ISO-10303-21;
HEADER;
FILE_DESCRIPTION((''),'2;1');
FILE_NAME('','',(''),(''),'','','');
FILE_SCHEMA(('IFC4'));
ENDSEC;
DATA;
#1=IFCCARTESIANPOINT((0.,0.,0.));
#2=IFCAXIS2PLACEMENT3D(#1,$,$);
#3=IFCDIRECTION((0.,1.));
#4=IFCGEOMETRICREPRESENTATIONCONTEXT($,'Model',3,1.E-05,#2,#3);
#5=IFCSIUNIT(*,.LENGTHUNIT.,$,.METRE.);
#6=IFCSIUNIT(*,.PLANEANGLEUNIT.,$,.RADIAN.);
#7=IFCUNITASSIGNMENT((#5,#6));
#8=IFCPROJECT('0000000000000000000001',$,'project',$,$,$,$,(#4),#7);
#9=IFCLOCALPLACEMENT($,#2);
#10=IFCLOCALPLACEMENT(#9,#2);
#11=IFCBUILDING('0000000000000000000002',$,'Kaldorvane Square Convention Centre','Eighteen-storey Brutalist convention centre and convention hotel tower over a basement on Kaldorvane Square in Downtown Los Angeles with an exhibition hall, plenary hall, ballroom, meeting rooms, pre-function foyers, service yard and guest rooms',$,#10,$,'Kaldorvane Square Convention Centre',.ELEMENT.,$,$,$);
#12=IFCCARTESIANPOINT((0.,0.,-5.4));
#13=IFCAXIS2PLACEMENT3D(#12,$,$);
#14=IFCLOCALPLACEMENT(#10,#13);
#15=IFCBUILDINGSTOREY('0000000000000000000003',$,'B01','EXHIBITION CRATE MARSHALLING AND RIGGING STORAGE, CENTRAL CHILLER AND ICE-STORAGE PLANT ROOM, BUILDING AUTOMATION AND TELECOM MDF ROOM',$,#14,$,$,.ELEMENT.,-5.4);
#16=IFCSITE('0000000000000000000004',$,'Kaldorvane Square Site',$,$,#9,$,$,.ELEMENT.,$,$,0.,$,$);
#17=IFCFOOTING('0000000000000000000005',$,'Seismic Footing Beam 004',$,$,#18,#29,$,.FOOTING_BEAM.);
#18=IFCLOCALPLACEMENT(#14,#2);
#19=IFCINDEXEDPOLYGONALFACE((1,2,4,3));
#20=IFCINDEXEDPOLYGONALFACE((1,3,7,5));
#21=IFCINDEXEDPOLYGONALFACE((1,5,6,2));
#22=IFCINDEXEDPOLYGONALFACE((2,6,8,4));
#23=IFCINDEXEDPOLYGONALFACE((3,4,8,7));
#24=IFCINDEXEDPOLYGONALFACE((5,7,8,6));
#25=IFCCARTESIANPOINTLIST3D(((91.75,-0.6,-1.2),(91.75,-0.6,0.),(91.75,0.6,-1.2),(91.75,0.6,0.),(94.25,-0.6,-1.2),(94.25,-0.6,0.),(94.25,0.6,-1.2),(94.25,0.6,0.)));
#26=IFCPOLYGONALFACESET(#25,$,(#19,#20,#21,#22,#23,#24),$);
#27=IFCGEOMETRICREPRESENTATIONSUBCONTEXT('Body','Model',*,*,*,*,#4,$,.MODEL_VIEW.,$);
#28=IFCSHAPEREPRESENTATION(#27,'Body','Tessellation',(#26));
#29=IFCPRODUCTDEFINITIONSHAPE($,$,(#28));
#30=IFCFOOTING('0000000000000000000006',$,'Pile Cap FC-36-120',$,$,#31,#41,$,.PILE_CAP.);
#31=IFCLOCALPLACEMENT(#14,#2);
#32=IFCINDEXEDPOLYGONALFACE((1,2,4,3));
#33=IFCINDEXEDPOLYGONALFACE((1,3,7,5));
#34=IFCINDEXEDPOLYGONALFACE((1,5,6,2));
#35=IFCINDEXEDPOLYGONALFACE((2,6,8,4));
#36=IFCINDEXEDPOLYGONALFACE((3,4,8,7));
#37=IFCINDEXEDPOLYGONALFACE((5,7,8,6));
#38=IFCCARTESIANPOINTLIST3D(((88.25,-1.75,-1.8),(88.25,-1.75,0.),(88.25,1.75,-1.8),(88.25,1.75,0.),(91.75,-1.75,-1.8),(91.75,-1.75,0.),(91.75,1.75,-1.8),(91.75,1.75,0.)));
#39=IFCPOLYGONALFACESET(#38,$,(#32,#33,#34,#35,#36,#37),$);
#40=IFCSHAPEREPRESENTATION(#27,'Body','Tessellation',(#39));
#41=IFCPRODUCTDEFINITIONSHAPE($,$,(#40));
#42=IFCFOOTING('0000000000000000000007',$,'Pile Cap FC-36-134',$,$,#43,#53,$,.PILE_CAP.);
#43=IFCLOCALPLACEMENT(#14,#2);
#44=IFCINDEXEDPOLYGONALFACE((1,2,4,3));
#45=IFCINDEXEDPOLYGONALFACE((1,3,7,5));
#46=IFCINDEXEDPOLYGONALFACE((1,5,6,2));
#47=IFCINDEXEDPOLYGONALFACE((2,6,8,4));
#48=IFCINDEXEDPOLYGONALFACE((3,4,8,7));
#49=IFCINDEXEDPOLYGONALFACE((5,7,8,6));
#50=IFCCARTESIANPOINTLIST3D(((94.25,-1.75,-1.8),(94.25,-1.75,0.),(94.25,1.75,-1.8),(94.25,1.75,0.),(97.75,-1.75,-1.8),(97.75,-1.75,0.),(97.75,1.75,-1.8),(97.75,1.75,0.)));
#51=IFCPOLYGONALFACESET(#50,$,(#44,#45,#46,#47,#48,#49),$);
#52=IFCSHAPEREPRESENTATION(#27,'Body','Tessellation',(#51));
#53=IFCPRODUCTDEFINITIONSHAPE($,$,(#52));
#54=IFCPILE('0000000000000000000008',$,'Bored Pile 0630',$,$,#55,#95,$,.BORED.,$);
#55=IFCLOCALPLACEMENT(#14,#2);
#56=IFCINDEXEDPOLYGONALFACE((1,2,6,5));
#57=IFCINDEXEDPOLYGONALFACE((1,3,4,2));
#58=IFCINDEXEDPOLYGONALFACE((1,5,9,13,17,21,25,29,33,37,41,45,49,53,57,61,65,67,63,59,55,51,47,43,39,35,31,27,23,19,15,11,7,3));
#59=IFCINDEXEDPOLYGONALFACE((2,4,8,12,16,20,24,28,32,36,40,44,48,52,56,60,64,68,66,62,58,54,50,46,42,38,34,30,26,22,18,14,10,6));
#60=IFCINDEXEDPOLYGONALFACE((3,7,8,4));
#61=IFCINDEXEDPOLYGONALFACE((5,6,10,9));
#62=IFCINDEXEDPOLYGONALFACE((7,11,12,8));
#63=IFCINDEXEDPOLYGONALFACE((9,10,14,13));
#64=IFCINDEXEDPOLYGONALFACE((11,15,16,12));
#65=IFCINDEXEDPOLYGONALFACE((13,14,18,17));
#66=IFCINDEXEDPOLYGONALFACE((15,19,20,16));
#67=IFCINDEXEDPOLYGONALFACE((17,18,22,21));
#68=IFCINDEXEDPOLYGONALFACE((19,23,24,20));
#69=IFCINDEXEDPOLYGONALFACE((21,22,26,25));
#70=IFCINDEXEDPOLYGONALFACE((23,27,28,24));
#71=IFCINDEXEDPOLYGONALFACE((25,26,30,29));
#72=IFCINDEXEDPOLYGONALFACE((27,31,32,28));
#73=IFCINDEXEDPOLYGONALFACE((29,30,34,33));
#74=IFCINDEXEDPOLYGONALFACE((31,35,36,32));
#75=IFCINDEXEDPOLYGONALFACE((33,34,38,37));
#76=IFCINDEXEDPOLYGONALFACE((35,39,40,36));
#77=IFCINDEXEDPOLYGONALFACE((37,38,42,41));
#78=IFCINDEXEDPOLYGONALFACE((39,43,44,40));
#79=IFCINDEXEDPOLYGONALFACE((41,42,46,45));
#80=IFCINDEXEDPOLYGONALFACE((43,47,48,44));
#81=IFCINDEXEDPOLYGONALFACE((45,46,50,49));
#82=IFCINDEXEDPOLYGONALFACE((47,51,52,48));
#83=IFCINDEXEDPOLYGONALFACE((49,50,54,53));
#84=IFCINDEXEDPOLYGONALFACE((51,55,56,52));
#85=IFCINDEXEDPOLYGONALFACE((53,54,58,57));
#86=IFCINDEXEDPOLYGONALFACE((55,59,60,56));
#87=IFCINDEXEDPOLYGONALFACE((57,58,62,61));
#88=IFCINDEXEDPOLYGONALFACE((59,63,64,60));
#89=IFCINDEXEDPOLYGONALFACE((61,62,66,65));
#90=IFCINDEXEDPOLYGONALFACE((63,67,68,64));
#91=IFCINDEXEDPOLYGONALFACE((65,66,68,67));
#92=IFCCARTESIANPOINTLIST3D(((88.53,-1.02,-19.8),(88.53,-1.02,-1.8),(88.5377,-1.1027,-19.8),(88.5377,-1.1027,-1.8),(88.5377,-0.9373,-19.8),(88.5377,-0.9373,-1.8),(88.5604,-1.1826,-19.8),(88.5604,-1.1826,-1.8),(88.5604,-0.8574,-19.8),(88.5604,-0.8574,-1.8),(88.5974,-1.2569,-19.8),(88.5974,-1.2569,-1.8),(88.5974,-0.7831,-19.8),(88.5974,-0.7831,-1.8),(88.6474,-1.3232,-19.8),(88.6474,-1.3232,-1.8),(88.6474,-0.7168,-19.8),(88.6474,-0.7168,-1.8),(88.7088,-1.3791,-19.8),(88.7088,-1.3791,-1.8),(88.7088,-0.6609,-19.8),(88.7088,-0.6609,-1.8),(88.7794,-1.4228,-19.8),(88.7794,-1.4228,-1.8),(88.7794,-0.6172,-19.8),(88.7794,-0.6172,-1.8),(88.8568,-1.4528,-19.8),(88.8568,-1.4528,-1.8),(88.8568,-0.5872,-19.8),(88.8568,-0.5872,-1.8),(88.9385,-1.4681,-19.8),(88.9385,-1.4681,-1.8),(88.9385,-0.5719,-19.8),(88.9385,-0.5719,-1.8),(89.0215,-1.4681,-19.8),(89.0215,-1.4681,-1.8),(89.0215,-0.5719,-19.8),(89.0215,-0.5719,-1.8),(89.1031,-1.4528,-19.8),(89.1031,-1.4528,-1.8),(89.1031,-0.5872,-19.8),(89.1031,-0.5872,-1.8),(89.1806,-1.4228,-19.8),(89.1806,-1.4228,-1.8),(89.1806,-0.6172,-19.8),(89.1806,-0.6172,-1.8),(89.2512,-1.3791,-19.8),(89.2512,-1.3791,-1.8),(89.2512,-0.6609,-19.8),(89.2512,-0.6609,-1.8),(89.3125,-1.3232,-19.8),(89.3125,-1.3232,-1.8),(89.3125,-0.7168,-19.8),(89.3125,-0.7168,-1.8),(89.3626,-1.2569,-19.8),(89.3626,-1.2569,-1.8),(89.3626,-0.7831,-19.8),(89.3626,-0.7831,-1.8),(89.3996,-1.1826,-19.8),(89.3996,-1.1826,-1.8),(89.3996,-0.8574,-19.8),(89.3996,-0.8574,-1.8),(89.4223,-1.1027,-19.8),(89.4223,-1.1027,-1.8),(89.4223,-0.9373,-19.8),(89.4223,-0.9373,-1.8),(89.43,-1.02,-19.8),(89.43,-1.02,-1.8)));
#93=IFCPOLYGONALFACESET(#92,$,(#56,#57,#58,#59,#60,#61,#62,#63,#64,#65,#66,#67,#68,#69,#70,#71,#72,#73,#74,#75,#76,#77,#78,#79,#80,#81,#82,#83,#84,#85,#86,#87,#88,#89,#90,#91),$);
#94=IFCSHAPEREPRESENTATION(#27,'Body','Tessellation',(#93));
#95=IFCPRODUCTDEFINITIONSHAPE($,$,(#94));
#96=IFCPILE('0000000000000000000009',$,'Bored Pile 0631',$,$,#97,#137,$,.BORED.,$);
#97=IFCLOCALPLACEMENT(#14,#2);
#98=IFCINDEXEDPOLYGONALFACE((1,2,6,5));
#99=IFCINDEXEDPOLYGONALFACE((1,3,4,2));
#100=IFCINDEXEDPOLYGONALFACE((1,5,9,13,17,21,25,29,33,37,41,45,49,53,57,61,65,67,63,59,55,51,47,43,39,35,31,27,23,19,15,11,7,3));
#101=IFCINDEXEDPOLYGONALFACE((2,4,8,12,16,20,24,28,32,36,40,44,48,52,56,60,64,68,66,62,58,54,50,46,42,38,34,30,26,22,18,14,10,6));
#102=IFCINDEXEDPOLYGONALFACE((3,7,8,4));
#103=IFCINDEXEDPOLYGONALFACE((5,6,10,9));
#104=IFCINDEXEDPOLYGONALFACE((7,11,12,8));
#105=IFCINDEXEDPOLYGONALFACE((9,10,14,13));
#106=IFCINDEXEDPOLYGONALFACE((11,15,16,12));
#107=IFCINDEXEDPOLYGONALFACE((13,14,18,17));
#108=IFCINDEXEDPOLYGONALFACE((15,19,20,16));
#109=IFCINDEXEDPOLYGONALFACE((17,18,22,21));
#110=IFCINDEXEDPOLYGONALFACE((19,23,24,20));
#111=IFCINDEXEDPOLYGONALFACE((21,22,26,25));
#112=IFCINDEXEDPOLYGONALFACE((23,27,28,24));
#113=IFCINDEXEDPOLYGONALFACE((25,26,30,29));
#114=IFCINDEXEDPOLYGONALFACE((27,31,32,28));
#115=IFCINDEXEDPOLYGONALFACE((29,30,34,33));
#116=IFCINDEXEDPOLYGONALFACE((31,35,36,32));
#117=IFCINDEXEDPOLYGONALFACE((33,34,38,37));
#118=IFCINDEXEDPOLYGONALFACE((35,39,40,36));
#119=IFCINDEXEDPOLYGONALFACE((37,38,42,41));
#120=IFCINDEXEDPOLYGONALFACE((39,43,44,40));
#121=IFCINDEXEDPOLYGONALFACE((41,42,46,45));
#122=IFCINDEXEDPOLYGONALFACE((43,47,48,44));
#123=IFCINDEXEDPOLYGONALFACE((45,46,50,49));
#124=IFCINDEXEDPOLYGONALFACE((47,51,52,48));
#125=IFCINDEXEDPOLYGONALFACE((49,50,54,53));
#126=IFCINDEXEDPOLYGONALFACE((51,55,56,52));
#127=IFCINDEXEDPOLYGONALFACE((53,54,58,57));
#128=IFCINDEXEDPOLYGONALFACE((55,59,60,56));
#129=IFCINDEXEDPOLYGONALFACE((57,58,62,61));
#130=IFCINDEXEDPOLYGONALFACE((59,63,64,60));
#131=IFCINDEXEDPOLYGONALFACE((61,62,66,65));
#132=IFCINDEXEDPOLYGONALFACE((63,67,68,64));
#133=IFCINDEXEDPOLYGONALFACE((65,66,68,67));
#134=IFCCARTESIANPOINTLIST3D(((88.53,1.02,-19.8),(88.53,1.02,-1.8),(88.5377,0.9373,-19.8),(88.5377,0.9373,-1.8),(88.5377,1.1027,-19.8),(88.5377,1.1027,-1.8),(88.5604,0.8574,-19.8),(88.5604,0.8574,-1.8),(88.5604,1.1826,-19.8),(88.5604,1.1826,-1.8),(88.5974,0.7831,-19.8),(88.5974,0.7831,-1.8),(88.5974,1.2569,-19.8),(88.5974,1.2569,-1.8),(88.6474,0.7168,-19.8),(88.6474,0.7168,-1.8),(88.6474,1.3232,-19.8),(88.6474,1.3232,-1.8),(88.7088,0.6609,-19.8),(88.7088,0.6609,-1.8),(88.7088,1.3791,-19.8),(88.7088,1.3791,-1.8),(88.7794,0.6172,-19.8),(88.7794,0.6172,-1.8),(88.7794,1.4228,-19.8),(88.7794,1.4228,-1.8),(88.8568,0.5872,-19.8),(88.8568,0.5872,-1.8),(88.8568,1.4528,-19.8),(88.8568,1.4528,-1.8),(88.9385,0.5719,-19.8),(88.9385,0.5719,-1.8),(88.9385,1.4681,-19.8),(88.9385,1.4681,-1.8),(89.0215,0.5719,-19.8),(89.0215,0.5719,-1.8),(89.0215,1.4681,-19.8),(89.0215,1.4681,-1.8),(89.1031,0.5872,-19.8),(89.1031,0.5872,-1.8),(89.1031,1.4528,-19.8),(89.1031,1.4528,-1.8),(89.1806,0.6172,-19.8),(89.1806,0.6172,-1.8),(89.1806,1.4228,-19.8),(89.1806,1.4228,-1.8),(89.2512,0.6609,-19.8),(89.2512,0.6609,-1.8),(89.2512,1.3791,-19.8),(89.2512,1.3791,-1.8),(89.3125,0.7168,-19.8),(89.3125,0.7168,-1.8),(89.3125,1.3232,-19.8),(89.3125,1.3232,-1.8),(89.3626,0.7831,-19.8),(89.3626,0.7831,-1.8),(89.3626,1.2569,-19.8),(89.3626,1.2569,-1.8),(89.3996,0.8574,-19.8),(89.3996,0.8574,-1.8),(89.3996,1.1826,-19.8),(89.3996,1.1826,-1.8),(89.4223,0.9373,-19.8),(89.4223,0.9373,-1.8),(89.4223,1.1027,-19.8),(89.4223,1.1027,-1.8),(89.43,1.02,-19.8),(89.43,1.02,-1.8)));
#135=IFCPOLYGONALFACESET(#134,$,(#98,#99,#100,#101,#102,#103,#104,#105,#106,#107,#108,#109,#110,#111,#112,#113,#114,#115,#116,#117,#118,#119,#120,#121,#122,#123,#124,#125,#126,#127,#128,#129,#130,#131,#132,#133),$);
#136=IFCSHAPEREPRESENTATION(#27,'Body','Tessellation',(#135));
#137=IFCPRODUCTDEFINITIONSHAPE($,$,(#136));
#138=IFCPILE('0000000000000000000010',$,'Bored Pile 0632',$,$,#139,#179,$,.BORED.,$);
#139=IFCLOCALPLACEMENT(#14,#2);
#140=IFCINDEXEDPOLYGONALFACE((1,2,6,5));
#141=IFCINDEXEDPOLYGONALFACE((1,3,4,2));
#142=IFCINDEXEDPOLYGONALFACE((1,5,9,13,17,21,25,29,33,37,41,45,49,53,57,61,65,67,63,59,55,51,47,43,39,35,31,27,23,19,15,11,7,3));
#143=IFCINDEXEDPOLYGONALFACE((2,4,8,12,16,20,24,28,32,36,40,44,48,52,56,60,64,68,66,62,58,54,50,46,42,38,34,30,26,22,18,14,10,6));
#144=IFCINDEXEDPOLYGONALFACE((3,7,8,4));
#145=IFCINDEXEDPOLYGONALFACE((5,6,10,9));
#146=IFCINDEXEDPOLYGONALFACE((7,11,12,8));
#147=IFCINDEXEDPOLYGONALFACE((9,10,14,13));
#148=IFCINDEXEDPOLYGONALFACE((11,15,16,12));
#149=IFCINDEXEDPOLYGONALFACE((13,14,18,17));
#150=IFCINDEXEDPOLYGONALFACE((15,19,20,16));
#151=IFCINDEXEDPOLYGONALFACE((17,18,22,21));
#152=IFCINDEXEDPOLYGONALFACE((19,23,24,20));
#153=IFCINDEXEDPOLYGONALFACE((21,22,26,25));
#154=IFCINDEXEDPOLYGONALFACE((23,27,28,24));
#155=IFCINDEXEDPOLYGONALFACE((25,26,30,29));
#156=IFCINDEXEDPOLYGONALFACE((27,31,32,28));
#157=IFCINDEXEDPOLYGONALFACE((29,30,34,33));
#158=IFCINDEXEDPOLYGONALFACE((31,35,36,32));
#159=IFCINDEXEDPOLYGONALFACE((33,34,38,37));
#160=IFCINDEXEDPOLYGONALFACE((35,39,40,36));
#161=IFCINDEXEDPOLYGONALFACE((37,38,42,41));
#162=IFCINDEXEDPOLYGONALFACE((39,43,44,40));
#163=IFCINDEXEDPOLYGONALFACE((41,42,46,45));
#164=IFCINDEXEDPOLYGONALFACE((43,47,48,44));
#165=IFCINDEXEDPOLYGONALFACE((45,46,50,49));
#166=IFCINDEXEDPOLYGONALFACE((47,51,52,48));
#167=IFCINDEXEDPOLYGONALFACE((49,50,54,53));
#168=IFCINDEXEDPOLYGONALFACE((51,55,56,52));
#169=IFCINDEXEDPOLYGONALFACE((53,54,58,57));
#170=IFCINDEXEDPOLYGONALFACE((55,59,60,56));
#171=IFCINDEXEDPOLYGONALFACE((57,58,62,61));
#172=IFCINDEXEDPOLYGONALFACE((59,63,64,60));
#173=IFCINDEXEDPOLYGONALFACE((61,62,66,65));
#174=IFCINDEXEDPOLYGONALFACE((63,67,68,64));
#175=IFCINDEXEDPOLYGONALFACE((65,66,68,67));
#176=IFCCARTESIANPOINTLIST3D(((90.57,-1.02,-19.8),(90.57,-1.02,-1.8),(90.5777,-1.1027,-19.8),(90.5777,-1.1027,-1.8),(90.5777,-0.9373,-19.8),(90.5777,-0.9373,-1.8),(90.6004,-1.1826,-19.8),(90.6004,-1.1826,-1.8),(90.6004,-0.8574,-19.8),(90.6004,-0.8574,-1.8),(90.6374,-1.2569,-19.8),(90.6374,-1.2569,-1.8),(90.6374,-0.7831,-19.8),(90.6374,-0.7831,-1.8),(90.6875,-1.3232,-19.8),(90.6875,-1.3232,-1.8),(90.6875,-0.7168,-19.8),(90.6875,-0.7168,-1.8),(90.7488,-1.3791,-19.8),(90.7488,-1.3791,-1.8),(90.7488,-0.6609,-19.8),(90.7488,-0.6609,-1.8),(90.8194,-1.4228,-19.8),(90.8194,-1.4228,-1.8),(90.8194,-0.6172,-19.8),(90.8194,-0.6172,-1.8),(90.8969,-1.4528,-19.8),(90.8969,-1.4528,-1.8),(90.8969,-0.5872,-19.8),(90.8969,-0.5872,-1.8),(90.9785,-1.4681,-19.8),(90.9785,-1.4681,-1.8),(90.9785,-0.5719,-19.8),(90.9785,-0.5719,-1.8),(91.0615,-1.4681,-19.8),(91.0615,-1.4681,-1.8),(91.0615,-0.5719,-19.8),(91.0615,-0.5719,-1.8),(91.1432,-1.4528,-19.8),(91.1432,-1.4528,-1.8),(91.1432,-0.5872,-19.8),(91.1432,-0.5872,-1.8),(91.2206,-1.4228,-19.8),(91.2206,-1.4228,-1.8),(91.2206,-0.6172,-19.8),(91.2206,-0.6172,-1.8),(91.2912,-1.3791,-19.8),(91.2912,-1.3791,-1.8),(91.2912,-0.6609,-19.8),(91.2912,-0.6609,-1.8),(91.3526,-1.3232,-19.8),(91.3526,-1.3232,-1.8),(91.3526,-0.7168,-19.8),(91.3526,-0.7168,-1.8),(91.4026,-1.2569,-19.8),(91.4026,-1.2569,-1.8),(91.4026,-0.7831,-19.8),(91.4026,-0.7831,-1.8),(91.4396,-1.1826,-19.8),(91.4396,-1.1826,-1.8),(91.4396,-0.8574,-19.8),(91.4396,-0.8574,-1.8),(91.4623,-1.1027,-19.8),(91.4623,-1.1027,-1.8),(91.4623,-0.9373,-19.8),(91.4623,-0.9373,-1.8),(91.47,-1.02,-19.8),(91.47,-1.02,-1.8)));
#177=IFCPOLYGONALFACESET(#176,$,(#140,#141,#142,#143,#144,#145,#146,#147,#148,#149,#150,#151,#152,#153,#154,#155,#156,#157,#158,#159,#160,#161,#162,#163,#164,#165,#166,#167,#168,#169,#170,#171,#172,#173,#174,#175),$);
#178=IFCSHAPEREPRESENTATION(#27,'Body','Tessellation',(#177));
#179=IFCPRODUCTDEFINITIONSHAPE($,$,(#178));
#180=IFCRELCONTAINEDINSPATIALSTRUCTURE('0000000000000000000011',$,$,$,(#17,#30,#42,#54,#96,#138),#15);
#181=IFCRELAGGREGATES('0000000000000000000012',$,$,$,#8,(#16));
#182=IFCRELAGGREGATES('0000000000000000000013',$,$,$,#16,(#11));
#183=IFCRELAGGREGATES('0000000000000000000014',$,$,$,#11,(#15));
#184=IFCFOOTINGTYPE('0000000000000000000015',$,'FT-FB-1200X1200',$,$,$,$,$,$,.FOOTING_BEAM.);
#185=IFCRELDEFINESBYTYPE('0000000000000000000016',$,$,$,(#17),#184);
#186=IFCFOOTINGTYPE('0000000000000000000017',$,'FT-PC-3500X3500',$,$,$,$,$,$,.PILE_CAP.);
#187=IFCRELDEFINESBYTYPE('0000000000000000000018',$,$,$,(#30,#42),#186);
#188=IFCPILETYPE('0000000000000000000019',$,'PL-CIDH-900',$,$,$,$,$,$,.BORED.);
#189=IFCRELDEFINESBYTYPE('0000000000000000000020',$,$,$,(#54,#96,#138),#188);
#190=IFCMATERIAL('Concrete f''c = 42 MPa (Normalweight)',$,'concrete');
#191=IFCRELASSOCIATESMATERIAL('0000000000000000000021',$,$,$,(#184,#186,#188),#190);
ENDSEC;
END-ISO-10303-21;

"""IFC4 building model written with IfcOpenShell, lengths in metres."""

from ifc_helpers import new_model, si_unit, direction, frame, origin, origin_2d, place, context, subcontext, project, spatial, rectangle, circle, extrude, material, material_profile, profile_set, type_object, element, save


model = new_model("IFC4")

# Units and contexts
model_context = context("Model", 3, precision=1e-05, world=origin(), true_north=direction((0.0, 1.0)))
body_context = subcontext(model_context, "Body", "Model", "MODEL_VIEW")
ifc_project = project(units=[si_unit("LENGTHUNIT", "METRE"), si_unit("PLANEANGLEUNIT", "RADIAN")], contexts=[model_context])

# Site, building, storey
site_placement = place(None, origin())
site = spatial("IfcSite", under=ifc_project, at=site_placement, Name="Kaldorvane Square Site", CompositionType="ELEMENT", RefElevation=0.0)
building_placement = place(site_placement, origin())
building = spatial("IfcBuilding", under=site, at=building_placement, Name="Kaldorvane Square Convention Centre", Description="Eighteen-storey Brutalist convention centre and convention hotel tower over a basement on Kaldorvane Square in Downtown Los Angeles with an exhibition hall, plenary hall, ballroom, meeting rooms, pre-function foyers, service yard and guest rooms", LongName="Kaldorvane Square Convention Centre", CompositionType="ELEMENT")
storey_placement = place(building_placement, frame((0.0, 0.0, -5.4)))
storey = spatial("IfcBuildingStorey", under=building, at=storey_placement, Name="B01", Description="EXHIBITION CRATE MARSHALLING AND RIGGING STORAGE, CENTRAL CHILLER AND ICE-STORAGE PLANT ROOM, BUILDING AUTOMATION AND TELECOM MDF ROOM", CompositionType="ELEMENT", Elevation=-5.4)

# Footings
ifc_material_1 = material(Name="Concrete f'c = 42 MPa (Normalweight)", Category="concrete")
footing_type_1 = type_object("IfcFootingType", Name="FT-FB-1200X1200", PredefinedType="FOOTING_BEAM", material=ifc_material_1)
footing_placement = place(storey_placement, frame((93.0, 0.0, -1.2), z_axis=(0.0, 0.0, 1.0), x_axis=(1.0, 0.0, 0.0)))
element("IfcFooting", 1, at=footing_placement, inside=storey, type_object=footing_type_1, Name="Seismic Footing Beam 004", PredefinedType="FOOTING_BEAM", context=body_context, shape_type="SweptSolid", body=[
    extrude(rectangle(XDim=2.5, YDim=1.2, at=origin_2d()), origin(), (0.0, 0.0, 1.0), 1.2),
])
footing_type_2 = type_object("IfcFootingType", Name="FT-PC-3500X3500", PredefinedType="PILE_CAP", material=ifc_material_1)
for number, where, z_axis, x_axis, name in (
    (2, (90.0, 0.0, -1.8), (0.0, 0.0, 1.0), (1.0, 0.0, 0.0), "Pile Cap FC-36-120"),
    (3, (96.0, 0.0, -1.8), (0.0, 0.0, 1.0), (1.0, 0.0, 0.0), "Pile Cap FC-36-134"),
):
    element("IfcFooting", number, at=place(storey_placement, frame(where, z_axis=z_axis, x_axis=x_axis)), inside=storey, type_object=footing_type_2, Name=name, PredefinedType="PILE_CAP", context=body_context, shape_type="SweptSolid", body=[
        extrude(rectangle(XDim=3.5, YDim=3.5, at=origin_2d()), origin(), (0.0, 0.0, 1.0), 1.8),
    ])

# Piles
ifc_material_profile_1 = material_profile(ifc_material_1, circle(Radius=0.45, at=origin_2d()), Name="PILE-D900")
ifc_profile_set_1 = profile_set([ifc_material_profile_1], Name="Concrete f'c = 42 MPa (Normalweight)")
pile_type = type_object("IfcPileType", Name="PL-CIDH-900", PredefinedType="BORED", material=ifc_profile_set_1)
for number, where, z_axis, x_axis, name in (
    (4, (88.98, -1.02, -1.8), (0.0, 0.0, -1.0), (1.0, 0.0, 0.0), "Bored Pile 0630"),
    (5, (88.98, 1.02, -1.8), (0.0, 0.0, -1.0), (1.0, 0.0, 0.0), "Bored Pile 0631"),
    (6, (91.02, -1.02, -1.8), (0.0, 0.0, -1.0), (1.0, 0.0, 0.0), "Bored Pile 0632"),
):
    element("IfcPile", number, at=place(storey_placement, frame(where, z_axis=z_axis, x_axis=x_axis)), inside=storey, type_object=pile_type, Name=name, PredefinedType="BORED", context=body_context, shape_type="SweptSolid", body=[
        extrude(circle(Radius=0.45, at=origin_2d()), origin(), (0.0, 0.0, 1.0), 18.0),
    ])

save(model, "model.ifc")
